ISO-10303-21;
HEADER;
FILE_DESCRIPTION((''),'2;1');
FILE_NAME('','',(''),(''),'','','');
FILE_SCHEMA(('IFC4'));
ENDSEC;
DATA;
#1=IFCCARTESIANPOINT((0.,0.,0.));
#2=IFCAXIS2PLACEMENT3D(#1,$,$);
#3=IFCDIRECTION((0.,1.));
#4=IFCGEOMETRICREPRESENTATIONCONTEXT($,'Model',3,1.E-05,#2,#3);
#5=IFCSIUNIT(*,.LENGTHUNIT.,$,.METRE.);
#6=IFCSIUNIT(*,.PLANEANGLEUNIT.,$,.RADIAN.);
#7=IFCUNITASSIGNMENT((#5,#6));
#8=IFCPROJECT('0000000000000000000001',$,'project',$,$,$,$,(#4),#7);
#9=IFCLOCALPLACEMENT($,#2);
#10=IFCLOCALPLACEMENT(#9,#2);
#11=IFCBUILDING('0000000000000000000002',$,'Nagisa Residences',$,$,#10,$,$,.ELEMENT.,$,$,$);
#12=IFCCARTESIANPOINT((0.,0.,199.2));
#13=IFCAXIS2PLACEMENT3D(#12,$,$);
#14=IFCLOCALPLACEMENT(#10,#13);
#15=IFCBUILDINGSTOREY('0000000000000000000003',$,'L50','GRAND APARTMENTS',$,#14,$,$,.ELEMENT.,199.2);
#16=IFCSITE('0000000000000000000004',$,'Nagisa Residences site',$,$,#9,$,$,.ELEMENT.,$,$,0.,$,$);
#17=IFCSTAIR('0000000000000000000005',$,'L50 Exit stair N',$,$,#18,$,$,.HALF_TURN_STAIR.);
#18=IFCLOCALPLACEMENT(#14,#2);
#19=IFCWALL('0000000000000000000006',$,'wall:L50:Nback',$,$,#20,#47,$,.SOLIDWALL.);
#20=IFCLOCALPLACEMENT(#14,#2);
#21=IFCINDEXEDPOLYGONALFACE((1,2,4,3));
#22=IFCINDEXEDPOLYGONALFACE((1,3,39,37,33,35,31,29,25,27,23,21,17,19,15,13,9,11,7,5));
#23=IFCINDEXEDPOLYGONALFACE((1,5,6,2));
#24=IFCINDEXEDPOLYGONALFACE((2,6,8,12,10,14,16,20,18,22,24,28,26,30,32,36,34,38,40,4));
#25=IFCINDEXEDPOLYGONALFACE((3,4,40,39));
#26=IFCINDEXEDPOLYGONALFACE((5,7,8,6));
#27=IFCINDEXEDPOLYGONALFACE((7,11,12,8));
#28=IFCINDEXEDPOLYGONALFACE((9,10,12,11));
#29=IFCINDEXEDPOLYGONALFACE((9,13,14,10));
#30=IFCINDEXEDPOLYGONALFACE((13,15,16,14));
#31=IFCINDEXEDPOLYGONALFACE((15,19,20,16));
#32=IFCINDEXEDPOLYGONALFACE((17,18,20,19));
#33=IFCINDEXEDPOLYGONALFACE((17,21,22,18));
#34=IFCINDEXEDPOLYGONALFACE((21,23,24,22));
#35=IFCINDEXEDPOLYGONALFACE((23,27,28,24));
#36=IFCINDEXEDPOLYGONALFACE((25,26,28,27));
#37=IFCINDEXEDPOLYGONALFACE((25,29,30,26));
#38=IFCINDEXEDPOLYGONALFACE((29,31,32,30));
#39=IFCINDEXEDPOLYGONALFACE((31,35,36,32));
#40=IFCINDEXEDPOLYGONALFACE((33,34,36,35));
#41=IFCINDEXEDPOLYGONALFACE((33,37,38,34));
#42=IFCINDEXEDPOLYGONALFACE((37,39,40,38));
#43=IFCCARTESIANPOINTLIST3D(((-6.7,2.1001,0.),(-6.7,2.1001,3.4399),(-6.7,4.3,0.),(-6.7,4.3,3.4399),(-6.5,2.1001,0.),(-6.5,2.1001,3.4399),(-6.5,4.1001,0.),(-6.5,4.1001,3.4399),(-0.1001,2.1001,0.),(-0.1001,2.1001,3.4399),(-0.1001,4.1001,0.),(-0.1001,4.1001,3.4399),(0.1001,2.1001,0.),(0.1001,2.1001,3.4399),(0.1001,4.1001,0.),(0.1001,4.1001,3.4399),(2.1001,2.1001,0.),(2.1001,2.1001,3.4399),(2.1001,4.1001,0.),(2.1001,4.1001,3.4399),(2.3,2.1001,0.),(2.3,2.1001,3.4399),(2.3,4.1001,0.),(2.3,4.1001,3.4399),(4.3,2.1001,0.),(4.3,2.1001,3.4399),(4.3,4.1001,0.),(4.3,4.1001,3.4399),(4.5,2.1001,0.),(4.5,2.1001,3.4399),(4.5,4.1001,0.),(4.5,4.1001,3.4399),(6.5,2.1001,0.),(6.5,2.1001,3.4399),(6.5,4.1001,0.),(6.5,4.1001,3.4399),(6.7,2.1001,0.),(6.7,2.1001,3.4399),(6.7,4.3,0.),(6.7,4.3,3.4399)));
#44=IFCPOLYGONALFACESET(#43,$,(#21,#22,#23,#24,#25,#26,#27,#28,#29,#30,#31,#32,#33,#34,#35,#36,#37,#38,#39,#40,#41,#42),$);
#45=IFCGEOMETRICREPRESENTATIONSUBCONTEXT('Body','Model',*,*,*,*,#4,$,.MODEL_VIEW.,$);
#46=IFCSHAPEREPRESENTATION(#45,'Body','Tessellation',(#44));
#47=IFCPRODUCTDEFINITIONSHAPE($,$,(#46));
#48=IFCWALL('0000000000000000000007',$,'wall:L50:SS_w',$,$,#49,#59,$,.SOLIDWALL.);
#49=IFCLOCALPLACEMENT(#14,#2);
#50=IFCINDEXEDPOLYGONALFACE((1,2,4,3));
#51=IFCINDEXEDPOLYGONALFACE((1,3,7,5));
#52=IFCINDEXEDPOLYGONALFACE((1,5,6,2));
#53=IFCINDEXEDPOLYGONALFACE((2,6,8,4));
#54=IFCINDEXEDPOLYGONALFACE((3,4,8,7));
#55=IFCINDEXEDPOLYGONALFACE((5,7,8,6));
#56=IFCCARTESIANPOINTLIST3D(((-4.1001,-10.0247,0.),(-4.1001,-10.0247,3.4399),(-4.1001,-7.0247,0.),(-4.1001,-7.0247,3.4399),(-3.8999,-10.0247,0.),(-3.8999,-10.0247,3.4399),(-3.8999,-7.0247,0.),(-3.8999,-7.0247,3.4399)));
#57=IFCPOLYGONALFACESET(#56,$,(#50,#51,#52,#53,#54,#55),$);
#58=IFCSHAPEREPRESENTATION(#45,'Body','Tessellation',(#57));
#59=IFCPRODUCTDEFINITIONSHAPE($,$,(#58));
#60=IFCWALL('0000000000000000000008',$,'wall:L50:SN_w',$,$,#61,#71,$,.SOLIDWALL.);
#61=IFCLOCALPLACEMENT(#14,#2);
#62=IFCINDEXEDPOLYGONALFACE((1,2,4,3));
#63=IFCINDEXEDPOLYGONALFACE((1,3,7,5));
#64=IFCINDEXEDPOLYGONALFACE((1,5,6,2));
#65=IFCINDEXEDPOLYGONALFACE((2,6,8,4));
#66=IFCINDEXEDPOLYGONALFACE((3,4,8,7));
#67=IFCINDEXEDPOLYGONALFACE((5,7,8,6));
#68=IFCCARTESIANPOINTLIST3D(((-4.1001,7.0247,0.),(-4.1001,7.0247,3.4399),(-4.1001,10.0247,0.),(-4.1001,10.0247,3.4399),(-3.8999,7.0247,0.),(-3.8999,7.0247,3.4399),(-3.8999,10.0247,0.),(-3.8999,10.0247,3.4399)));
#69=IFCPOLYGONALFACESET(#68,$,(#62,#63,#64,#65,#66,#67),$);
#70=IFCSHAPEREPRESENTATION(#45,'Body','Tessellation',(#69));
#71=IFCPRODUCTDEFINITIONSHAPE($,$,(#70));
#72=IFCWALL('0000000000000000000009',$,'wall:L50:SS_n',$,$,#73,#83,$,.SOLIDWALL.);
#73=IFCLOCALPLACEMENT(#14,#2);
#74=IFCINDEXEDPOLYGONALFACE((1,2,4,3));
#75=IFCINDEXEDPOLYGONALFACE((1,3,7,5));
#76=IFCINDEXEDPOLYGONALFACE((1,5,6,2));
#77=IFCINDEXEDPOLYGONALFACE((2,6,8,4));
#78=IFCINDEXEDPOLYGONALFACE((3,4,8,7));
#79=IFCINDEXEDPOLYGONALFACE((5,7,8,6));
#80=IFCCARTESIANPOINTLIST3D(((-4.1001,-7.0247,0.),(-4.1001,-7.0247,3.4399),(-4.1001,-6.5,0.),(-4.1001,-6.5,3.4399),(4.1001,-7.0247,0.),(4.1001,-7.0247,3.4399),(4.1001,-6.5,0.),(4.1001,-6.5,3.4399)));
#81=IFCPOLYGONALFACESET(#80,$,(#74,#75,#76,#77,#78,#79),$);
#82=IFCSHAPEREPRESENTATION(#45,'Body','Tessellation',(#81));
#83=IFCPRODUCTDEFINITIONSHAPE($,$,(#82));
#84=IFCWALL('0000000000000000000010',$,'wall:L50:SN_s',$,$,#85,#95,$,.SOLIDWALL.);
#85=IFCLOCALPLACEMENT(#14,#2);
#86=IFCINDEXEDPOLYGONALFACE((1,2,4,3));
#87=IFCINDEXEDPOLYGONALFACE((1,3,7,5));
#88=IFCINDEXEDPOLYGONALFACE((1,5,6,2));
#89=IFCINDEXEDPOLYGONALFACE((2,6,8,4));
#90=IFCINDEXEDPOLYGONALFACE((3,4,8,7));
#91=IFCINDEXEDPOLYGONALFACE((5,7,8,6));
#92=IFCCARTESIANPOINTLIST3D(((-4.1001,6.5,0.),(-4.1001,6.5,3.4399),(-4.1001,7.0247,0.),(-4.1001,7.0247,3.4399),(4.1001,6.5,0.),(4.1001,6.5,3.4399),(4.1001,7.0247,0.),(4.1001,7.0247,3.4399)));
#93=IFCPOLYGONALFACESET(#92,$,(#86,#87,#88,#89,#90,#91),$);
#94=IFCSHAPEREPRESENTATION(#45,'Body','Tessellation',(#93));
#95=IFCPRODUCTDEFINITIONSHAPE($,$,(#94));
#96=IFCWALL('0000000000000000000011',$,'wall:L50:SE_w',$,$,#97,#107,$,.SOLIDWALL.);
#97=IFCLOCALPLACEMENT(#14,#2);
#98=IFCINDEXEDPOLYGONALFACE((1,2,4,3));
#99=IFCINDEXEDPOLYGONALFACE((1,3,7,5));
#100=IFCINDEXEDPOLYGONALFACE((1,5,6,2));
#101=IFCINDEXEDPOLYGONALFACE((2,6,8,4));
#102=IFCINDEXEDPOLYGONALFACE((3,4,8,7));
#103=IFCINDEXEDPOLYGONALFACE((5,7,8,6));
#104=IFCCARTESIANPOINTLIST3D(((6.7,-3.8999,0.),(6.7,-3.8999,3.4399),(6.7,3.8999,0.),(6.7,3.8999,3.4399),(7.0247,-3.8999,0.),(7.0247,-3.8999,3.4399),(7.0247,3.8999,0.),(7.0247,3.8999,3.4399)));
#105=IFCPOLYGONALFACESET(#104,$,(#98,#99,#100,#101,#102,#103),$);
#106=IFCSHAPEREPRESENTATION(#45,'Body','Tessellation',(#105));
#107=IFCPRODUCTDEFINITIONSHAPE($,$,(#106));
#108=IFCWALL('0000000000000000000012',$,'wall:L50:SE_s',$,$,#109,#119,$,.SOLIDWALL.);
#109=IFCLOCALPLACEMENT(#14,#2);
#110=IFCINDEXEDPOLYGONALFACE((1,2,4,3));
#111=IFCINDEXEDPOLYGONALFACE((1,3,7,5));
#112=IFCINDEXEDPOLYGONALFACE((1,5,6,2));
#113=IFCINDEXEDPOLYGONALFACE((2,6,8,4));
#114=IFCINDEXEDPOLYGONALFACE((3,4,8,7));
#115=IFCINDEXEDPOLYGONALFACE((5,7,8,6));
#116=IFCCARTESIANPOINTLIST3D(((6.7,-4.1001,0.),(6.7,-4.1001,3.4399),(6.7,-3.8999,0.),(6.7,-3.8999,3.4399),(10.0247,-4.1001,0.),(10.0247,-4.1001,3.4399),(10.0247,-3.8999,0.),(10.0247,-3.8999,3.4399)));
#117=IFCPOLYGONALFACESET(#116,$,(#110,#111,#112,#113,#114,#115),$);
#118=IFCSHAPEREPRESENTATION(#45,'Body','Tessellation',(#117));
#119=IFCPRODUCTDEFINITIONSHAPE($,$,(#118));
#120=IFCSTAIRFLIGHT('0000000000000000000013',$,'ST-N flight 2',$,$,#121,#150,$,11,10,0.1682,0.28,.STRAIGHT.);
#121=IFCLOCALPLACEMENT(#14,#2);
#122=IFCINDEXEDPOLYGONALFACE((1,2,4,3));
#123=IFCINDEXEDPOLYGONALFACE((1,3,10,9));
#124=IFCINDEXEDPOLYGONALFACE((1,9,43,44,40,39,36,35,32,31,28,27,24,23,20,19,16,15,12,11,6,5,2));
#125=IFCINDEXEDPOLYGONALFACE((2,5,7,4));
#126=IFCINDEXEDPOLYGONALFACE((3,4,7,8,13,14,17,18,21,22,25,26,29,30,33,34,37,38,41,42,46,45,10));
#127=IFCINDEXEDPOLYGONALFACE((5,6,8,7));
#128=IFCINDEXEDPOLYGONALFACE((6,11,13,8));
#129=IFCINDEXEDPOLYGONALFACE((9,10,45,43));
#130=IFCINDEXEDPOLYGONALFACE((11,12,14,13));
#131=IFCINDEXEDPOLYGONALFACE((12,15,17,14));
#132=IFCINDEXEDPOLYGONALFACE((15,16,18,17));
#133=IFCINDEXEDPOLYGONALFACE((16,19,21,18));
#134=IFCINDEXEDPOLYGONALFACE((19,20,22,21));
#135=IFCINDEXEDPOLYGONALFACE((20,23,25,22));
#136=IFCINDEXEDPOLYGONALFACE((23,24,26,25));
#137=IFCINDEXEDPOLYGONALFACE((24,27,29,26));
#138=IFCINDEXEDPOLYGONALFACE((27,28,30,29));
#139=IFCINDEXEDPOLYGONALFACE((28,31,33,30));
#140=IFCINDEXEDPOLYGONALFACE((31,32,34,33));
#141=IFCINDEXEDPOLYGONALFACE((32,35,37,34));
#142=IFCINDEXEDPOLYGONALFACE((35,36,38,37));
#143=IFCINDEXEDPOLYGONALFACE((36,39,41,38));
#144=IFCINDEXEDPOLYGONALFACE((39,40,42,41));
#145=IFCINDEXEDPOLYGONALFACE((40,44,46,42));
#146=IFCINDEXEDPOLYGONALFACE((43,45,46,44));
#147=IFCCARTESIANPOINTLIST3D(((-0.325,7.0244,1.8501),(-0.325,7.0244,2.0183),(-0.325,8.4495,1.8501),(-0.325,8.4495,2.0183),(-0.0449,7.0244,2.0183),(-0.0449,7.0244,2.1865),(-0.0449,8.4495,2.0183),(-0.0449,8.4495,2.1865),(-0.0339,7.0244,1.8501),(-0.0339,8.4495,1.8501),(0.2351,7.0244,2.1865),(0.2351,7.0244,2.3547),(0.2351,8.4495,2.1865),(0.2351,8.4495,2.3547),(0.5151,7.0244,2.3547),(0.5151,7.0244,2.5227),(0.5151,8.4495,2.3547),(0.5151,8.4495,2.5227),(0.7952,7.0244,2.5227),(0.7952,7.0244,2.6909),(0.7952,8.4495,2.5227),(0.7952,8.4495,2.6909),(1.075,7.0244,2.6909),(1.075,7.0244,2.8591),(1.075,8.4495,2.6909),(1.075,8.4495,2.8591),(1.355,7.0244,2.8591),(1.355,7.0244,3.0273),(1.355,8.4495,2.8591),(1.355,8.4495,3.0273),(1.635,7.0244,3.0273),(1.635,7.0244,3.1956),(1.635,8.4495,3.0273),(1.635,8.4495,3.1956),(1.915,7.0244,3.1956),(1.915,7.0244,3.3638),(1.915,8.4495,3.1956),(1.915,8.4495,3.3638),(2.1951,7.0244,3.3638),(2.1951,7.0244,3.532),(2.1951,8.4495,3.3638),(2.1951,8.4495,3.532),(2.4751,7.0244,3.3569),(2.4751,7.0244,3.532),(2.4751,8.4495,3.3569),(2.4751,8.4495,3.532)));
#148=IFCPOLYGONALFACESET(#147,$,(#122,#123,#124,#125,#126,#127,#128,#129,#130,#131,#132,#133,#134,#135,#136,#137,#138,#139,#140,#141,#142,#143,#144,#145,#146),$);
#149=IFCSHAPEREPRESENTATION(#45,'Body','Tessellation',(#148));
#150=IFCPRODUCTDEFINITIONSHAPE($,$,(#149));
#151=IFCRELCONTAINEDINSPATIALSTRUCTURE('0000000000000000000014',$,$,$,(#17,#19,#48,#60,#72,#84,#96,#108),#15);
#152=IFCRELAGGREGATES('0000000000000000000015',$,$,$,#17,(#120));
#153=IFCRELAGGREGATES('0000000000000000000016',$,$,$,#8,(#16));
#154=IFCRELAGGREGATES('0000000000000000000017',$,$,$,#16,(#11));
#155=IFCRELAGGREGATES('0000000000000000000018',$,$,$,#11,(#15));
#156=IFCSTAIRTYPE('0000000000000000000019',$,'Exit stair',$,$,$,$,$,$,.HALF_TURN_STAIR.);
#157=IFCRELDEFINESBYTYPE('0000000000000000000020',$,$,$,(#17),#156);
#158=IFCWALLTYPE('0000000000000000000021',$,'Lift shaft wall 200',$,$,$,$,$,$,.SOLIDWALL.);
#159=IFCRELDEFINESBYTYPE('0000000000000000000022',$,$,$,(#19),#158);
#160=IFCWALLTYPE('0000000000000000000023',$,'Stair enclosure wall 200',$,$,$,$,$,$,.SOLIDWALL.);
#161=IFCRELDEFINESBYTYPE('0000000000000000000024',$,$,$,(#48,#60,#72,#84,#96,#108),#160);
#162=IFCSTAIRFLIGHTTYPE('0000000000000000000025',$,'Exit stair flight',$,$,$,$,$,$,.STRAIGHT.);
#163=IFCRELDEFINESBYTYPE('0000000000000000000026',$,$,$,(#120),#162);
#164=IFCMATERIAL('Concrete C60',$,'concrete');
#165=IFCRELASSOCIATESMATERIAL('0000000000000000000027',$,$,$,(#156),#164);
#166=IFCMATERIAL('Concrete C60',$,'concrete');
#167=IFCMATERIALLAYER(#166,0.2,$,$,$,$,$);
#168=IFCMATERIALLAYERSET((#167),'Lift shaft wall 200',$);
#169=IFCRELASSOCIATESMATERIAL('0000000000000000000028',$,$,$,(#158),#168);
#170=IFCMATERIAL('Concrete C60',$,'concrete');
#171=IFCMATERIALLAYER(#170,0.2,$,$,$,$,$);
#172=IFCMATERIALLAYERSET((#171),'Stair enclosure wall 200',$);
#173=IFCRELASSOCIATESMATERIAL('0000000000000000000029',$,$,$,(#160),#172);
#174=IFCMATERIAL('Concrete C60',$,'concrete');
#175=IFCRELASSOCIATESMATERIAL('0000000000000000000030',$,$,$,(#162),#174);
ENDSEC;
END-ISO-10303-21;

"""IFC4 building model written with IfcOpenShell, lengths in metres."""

from ifc_helpers import new_model, si_unit, direction, frame, origin, place, context, subcontext, project, spatial, polyline, outline, extrude, material, layer, layer_set, type_object, element, aggregate, save


model = new_model("IFC4")

# Units and contexts
model_context = context("Model", 3, precision=1e-05, world=origin(), true_north=direction((0.0, 1.0)))
body_context = subcontext(model_context, "Body", "Model", "MODEL_VIEW")
ifc_project = project(units=[si_unit("LENGTHUNIT", "METRE"), si_unit("PLANEANGLEUNIT", "RADIAN")], contexts=[model_context])

# Site, building, storey
site_placement = place(None, origin())
site = spatial("IfcSite", under=ifc_project, at=site_placement, Name="Nagisa Residences site", CompositionType="ELEMENT", RefElevation=0.0)
building_placement = place(site_placement, origin())
building = spatial("IfcBuilding", under=site, at=building_placement, Name="Nagisa Residences", CompositionType="ELEMENT")
storey_placement = place(building_placement, frame((0.0, 0.0, 199.2)))
storey = spatial("IfcBuildingStorey", under=building, at=storey_placement, Name="L50", Description="GRAND APARTMENTS", CompositionType="ELEMENT", Elevation=199.2)

# Stair
ifc_material_1 = material(Name="Concrete C60", Category="concrete")
stair_type = type_object("IfcStairType", Name="Exit stair", PredefinedType="HALF_TURN_STAIR", material=ifc_material_1)
stair_1_placement = place(storey_placement, origin())
stair_1 = element("IfcStair", 1, at=stair_1_placement, inside=storey, type_object=stair_type, Name="L50 Exit stair N", PredefinedType="HALF_TURN_STAIR")

# Shared definitions
ifc_material_2 = material(Name="Concrete C60", Category="concrete")
ifc_layer_1 = layer(ifc_material_2, 0.2)
ifc_layer_set_1 = layer_set([ifc_layer_1], Name="Lift shaft wall 200")
wall_type_1 = type_object("IfcWallType", Name="Lift shaft wall 200", PredefinedType="SOLIDWALL", material=ifc_layer_set_1)

# Walls
wall_1_placement = place(storey_placement, origin())
element("IfcWall", 2, at=wall_1_placement, inside=storey, type_object=wall_type_1, Name="wall:L50:Nback", PredefinedType="SOLIDWALL", context=body_context, shape_type="SweptSolid", body=[
    extrude(outline(polyline([(-6.7, 4.3), (6.7, 4.3), (6.7, 2.1001), (6.5, 2.1001), (6.5, 4.1001), (4.5, 4.1001), (4.5, 2.1001), (4.3, 2.1001), (4.3, 4.1001), (2.3, 4.1001), (2.3, 2.1001), (2.1001, 2.1001), (2.1001, 4.1001), (0.1001, 4.1001), (0.1001, 2.1001), (-0.1001, 2.1001), (-0.1001, 4.1001), (-6.5, 4.1001), (-6.5, 2.1001), (-6.7, 2.1001), (-6.7, 4.3)])), origin(), (0.0, 0.0, 1.0), 3.4399),
])
ifc_material_3 = material(Name="Concrete C60", Category="concrete")
ifc_layer_2 = layer(ifc_material_3, 0.2)
ifc_layer_set_2 = layer_set([ifc_layer_2], Name="Stair enclosure wall 200")
wall_type_2 = type_object("IfcWallType", Name="Stair enclosure wall 200", PredefinedType="SOLIDWALL", material=ifc_layer_set_2)
wall_2_placement = place(storey_placement, origin())
element("IfcWall", 3, at=wall_2_placement, inside=storey, type_object=wall_type_2, Name="wall:L50:SS_w", PredefinedType="SOLIDWALL", context=body_context, shape_type="SweptSolid", body=[
    extrude(outline(polyline([(-3.8999, -10.0247), (-4.1001, -10.0247), (-4.1001, -7.0247), (-3.8999, -7.0247), (-3.8999, -10.0247)])), origin(), (0.0, 0.0, 1.0), 3.4399),
])
wall_3_placement = place(storey_placement, origin())
element("IfcWall", 4, at=wall_3_placement, inside=storey, type_object=wall_type_2, Name="wall:L50:SN_w", PredefinedType="SOLIDWALL", context=body_context, shape_type="SweptSolid", body=[
    extrude(outline(polyline([(-3.8999, 7.0247), (-4.1001, 7.0247), (-4.1001, 10.0247), (-3.8999, 10.0247), (-3.8999, 7.0247)])), origin(), (0.0, 0.0, 1.0), 3.4399),
])
wall_4_placement = place(storey_placement, origin())
element("IfcWall", 5, at=wall_4_placement, inside=storey, type_object=wall_type_2, Name="wall:L50:SS_n", PredefinedType="SOLIDWALL", context=body_context, shape_type="SweptSolid", body=[
    extrude(outline(polyline([(4.1001, -7.0247), (-4.1001, -7.0247), (-4.1001, -6.5), (4.1001, -6.5), (4.1001, -7.0247)])), origin(), (0.0, 0.0, 1.0), 3.4399),
])
wall_5_placement = place(storey_placement, origin())
element("IfcWall", 6, at=wall_5_placement, inside=storey, type_object=wall_type_2, Name="wall:L50:SN_s", PredefinedType="SOLIDWALL", context=body_context, shape_type="SweptSolid", body=[
    extrude(outline(polyline([(4.1001, 6.5), (-4.1001, 6.5), (-4.1001, 7.0247), (4.1001, 7.0247), (4.1001, 6.5)])), origin(), (0.0, 0.0, 1.0), 3.4399),
])
wall_6_placement = place(storey_placement, origin())
element("IfcWall", 7, at=wall_6_placement, inside=storey, type_object=wall_type_2, Name="wall:L50:SE_w", PredefinedType="SOLIDWALL", context=body_context, shape_type="SweptSolid", body=[
    extrude(outline(polyline([(7.0247, -3.8999), (6.7, -3.8999), (6.7, 3.8999), (7.0247, 3.8999), (7.0247, -3.8999)])), origin(), (0.0, 0.0, 1.0), 3.4399),
])
wall_7_placement = place(storey_placement, origin())
element("IfcWall", 8, at=wall_7_placement, inside=storey, type_object=wall_type_2, Name="wall:L50:SE_s", PredefinedType="SOLIDWALL", context=body_context, shape_type="SweptSolid", body=[
    extrude(outline(polyline([(10.0247, -4.1001), (6.7, -4.1001), (6.7, -3.8999), (10.0247, -3.8999), (10.0247, -4.1001)])), origin(), (0.0, 0.0, 1.0), 3.4399),
])

# Stair flight
ifc_material_4 = material(Name="Concrete C60", Category="concrete")
stair_flight_type = type_object("IfcStairFlightType", Name="Exit stair flight", PredefinedType="STRAIGHT", material=ifc_material_4)
stair_flight_placement = place(storey_placement, frame((-0.325, 7.7371, 1.8501), z_axis=(0.0, 0.0, 1.0), x_axis=(1.0, 0.0, 0.0)))
stair_flight = element("IfcStairFlight", 9, at=stair_flight_placement, type_object=stair_flight_type, Name="ST-N flight 2", NumberOfRisers=11, NumberOfTreads=10, PredefinedType="STRAIGHT", RiserHeight=0.1682, TreadLength=0.28, context=body_context, shape_type="SweptSolid", body=[
    extrude(outline(polyline([(0.0, 0.0), (0.0, 0.1682), (0.28, 0.1682), (0.28, 0.3364), (0.5601, 0.3364), (0.5601, 0.5046), (0.8401, 0.5046), (0.8401, 0.6726), (1.1201, 0.6726), (1.1201, 0.8408), (1.3999, 0.8408), (1.3999, 1.009), (1.6799, 1.009), (1.6799, 1.1772), (1.96, 1.1772), (1.96, 1.3455), (2.24, 1.3455), (2.24, 1.5137), (2.52, 1.5137), (2.52, 1.6819), (2.8, 1.6819), (2.8, 1.8501), (2.8, 1.5068), (0.291, 0.0), (0.0, 0.0)])), frame((0.0, 0.7124, 0.0), z_axis=(0.0, -1.0, 0.0), x_axis=(1.0, 0.0, 0.0)), (0.0, 0.0, 1.0), 1.425),
])
aggregate(stair_1, [stair_flight])

save(model, "model.ifc")
